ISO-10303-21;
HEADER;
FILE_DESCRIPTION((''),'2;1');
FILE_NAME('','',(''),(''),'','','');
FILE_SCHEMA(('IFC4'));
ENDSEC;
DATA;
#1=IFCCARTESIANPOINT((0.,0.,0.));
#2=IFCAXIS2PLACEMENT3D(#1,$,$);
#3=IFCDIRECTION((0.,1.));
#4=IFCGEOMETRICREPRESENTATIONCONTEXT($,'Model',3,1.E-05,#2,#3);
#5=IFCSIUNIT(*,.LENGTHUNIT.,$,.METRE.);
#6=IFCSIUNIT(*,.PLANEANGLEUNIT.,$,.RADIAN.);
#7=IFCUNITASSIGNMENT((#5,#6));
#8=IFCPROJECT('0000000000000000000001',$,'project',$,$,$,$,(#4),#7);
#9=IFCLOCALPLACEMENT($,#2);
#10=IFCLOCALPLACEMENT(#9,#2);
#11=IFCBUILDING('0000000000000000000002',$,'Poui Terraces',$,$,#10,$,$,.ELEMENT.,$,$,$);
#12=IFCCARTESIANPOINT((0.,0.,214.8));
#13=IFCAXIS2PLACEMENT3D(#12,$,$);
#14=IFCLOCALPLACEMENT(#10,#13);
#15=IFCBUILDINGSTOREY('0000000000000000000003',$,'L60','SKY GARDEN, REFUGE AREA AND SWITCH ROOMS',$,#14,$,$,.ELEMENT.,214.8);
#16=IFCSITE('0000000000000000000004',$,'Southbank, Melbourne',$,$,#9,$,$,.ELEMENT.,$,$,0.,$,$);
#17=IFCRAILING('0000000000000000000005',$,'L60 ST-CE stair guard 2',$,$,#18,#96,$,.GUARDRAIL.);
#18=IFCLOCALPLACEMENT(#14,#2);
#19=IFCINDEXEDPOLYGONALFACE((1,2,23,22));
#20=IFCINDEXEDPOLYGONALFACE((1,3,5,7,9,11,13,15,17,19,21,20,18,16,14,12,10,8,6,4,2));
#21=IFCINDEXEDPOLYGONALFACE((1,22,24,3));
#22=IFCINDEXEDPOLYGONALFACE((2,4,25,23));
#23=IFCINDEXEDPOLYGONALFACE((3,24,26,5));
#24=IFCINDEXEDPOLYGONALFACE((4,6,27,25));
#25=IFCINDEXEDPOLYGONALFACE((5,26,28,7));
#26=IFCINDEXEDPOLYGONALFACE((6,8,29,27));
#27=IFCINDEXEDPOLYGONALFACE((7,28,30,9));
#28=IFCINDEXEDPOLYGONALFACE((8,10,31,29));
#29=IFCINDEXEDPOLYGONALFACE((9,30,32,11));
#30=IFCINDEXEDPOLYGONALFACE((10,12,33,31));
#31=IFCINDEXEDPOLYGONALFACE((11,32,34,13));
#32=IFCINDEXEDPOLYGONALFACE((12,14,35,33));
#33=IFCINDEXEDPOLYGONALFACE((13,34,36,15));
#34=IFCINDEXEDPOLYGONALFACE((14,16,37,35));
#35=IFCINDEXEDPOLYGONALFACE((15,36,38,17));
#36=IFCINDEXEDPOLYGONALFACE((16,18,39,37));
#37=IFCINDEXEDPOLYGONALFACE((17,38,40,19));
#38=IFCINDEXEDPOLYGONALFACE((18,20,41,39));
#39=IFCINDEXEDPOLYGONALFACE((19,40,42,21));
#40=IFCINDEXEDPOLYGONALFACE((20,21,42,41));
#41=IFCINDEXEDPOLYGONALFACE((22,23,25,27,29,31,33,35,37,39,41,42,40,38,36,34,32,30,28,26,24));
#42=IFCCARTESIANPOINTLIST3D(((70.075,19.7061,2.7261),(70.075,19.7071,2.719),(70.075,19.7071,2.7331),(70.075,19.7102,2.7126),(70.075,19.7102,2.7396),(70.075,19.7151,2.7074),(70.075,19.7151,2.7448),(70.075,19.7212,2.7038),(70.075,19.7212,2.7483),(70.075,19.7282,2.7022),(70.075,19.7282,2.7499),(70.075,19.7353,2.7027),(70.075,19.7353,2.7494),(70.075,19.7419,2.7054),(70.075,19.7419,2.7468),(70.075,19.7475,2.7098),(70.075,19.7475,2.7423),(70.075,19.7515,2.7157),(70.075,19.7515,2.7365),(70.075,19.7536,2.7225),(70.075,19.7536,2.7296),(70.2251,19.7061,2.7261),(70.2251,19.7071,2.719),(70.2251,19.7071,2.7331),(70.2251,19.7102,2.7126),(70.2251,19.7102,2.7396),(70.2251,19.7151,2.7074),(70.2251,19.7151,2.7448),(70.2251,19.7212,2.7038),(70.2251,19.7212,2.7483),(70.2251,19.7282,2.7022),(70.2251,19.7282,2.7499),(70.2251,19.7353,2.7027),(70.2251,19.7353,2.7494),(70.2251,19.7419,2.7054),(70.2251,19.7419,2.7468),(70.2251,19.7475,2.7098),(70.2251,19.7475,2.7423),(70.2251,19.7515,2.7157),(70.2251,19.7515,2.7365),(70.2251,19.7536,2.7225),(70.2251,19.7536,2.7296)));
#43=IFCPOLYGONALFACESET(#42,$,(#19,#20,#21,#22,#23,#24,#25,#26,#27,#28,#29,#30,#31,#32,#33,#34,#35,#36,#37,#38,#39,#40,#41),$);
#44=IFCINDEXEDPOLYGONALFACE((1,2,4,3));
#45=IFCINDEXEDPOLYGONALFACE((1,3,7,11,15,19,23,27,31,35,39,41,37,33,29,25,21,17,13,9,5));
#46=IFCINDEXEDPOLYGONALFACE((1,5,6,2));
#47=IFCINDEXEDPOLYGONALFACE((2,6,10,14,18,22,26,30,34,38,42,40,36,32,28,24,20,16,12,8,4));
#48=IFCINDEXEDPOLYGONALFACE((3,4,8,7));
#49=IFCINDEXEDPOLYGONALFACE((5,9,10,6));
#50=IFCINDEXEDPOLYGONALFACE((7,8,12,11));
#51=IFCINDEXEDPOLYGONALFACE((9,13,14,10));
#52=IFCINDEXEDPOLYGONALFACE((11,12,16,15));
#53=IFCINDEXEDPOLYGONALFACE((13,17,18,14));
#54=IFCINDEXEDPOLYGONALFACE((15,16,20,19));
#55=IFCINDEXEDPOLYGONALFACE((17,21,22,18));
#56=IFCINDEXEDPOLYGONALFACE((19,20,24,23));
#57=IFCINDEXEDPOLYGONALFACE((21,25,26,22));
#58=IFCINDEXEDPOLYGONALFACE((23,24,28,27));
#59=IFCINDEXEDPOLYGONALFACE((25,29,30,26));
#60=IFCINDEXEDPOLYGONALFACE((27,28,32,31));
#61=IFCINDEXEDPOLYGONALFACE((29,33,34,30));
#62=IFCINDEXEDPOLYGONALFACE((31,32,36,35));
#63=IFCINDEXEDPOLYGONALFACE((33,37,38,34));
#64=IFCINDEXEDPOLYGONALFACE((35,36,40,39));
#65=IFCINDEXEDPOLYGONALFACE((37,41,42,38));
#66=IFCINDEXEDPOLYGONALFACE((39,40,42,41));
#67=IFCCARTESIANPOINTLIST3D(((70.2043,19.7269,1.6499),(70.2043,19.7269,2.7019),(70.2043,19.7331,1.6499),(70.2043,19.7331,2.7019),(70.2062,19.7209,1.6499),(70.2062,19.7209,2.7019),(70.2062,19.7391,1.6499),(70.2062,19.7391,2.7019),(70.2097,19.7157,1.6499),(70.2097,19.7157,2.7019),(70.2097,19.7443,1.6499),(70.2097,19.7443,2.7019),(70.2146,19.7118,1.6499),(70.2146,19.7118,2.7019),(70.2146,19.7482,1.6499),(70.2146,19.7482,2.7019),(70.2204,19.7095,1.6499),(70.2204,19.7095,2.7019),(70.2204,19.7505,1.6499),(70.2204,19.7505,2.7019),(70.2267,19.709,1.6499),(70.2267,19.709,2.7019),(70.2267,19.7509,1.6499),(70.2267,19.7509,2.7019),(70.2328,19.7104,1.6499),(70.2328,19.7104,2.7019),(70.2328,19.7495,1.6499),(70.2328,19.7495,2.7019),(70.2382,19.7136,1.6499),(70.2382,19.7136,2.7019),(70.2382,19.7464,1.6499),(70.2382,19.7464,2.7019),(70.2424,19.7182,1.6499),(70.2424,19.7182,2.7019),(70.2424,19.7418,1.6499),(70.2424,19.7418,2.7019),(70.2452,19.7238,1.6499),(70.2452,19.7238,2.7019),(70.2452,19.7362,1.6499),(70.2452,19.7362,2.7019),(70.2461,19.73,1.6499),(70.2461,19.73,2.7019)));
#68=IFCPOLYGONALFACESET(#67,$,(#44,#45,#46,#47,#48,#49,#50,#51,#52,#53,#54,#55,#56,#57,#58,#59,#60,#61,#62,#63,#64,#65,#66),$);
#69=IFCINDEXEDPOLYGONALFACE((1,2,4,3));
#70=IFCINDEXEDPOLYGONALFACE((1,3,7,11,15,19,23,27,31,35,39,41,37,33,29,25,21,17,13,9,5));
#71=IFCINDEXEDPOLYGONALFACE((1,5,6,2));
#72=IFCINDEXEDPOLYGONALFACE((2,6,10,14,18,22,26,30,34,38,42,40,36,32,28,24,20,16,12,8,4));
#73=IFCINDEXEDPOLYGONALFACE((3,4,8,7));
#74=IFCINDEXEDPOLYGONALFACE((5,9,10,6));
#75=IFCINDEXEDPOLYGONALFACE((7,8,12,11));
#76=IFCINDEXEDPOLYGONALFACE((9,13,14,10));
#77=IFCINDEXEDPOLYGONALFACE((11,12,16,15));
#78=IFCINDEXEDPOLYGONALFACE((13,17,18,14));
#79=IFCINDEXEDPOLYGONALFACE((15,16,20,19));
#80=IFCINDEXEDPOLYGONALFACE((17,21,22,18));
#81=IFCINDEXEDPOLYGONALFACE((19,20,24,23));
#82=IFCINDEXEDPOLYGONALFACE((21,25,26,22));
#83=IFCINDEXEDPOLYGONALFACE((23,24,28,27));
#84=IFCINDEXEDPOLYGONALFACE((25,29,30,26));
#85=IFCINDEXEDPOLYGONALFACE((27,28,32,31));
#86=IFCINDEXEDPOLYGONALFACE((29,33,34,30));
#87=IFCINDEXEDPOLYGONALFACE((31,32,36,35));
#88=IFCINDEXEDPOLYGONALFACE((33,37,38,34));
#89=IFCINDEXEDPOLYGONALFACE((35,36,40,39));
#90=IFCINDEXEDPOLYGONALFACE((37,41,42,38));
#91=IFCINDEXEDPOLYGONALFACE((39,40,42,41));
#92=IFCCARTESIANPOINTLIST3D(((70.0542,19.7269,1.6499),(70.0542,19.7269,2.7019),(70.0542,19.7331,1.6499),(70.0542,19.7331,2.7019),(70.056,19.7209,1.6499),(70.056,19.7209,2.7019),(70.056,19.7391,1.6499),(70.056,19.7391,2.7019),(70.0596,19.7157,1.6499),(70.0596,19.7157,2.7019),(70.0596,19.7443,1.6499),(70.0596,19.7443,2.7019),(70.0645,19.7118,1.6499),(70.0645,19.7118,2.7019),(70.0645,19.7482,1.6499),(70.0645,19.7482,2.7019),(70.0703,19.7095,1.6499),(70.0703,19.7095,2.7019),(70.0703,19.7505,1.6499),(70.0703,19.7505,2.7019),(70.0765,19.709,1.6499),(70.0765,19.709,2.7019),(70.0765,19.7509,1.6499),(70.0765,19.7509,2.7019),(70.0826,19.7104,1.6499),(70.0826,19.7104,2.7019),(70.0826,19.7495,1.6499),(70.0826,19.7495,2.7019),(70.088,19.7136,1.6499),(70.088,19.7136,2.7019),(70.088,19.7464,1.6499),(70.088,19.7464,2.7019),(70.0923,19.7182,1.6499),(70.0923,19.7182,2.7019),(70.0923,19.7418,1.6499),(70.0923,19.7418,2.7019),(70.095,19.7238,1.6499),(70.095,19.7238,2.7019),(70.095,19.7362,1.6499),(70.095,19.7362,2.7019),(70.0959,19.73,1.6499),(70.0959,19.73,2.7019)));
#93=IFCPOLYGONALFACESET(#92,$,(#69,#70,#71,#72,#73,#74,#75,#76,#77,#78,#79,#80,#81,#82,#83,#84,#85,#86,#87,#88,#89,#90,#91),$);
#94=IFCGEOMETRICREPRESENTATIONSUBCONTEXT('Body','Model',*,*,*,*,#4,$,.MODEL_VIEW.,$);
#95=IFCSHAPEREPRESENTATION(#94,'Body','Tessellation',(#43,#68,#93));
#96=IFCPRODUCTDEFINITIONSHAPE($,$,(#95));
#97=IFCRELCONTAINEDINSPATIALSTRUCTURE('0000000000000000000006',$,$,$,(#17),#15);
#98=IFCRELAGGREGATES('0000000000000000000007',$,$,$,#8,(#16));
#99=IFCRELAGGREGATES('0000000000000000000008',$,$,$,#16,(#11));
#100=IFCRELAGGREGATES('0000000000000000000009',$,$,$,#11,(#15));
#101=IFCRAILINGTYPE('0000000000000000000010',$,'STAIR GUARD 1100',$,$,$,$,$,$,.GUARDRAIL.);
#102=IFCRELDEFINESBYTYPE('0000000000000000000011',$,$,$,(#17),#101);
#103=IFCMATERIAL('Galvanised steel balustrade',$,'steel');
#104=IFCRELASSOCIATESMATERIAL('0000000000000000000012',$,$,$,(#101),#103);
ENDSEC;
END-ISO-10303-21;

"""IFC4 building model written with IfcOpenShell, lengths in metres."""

from ifc_helpers import new_model, si_unit, direction, frame, origin, origin_2d, place, context, subcontext, project, spatial, circle, extrude, material, type_object, element, save


model = new_model("IFC4")

# Units and contexts
model_context = context("Model", 3, precision=1e-05, world=origin(), true_north=direction((0.0, 1.0)))
body_context = subcontext(model_context, "Body", "Model", "MODEL_VIEW")
ifc_project = project(units=[si_unit("LENGTHUNIT", "METRE"), si_unit("PLANEANGLEUNIT", "RADIAN")], contexts=[model_context])

# Site, building, storey
site_placement = place(None, origin())
site = spatial("IfcSite", under=ifc_project, at=site_placement, Name="Southbank, Melbourne", CompositionType="ELEMENT", RefElevation=0.0)
building_placement = place(site_placement, origin())
building = spatial("IfcBuilding", under=site, at=building_placement, Name="Poui Terraces", CompositionType="ELEMENT")
storey_placement = place(building_placement, frame((0.0, 0.0, 214.8)))
storey = spatial("IfcBuildingStorey", under=building, at=storey_placement, Name="L60", Description="SKY GARDEN, REFUGE AREA AND SWITCH ROOMS", CompositionType="ELEMENT", Elevation=214.8)

# Railing
ifc_material_1 = material(Name="Galvanised steel balustrade", Category="steel")
railing_type_1 = type_object("IfcRailingType", Name="STAIR GUARD 1100", PredefinedType="GUARDRAIL", material=ifc_material_1)
railing_1_placement = place(storey_placement, frame((70.2251, 19.73, 1.6499)))
element("IfcRailing", 1, at=railing_1_placement, inside=storey, type_object=railing_type_1, Name="L60 ST-CE stair guard 2", PredefinedType="GUARDRAIL", context=body_context, shape_type="SweptSolid", body=[
    extrude(circle(Radius=0.0239, at=origin_2d()), frame((0.0, 0.0, 1.0762), z_axis=(-1.0, 0.0, 0.0), x_axis=(0.0, -1.0, 0.0)), (0.0, 0.0, 1.0), 0.1501),
    extrude(circle(Radius=0.021, at=origin_2d()), origin(), (0.0, 0.0, 1.0), 1.052),
    extrude(circle(Radius=0.021, at=origin_2d()), frame((-0.1501, 0.0, 0.0)), (0.0, 0.0, 1.0), 1.052),
])

save(model, "model.ifc")
